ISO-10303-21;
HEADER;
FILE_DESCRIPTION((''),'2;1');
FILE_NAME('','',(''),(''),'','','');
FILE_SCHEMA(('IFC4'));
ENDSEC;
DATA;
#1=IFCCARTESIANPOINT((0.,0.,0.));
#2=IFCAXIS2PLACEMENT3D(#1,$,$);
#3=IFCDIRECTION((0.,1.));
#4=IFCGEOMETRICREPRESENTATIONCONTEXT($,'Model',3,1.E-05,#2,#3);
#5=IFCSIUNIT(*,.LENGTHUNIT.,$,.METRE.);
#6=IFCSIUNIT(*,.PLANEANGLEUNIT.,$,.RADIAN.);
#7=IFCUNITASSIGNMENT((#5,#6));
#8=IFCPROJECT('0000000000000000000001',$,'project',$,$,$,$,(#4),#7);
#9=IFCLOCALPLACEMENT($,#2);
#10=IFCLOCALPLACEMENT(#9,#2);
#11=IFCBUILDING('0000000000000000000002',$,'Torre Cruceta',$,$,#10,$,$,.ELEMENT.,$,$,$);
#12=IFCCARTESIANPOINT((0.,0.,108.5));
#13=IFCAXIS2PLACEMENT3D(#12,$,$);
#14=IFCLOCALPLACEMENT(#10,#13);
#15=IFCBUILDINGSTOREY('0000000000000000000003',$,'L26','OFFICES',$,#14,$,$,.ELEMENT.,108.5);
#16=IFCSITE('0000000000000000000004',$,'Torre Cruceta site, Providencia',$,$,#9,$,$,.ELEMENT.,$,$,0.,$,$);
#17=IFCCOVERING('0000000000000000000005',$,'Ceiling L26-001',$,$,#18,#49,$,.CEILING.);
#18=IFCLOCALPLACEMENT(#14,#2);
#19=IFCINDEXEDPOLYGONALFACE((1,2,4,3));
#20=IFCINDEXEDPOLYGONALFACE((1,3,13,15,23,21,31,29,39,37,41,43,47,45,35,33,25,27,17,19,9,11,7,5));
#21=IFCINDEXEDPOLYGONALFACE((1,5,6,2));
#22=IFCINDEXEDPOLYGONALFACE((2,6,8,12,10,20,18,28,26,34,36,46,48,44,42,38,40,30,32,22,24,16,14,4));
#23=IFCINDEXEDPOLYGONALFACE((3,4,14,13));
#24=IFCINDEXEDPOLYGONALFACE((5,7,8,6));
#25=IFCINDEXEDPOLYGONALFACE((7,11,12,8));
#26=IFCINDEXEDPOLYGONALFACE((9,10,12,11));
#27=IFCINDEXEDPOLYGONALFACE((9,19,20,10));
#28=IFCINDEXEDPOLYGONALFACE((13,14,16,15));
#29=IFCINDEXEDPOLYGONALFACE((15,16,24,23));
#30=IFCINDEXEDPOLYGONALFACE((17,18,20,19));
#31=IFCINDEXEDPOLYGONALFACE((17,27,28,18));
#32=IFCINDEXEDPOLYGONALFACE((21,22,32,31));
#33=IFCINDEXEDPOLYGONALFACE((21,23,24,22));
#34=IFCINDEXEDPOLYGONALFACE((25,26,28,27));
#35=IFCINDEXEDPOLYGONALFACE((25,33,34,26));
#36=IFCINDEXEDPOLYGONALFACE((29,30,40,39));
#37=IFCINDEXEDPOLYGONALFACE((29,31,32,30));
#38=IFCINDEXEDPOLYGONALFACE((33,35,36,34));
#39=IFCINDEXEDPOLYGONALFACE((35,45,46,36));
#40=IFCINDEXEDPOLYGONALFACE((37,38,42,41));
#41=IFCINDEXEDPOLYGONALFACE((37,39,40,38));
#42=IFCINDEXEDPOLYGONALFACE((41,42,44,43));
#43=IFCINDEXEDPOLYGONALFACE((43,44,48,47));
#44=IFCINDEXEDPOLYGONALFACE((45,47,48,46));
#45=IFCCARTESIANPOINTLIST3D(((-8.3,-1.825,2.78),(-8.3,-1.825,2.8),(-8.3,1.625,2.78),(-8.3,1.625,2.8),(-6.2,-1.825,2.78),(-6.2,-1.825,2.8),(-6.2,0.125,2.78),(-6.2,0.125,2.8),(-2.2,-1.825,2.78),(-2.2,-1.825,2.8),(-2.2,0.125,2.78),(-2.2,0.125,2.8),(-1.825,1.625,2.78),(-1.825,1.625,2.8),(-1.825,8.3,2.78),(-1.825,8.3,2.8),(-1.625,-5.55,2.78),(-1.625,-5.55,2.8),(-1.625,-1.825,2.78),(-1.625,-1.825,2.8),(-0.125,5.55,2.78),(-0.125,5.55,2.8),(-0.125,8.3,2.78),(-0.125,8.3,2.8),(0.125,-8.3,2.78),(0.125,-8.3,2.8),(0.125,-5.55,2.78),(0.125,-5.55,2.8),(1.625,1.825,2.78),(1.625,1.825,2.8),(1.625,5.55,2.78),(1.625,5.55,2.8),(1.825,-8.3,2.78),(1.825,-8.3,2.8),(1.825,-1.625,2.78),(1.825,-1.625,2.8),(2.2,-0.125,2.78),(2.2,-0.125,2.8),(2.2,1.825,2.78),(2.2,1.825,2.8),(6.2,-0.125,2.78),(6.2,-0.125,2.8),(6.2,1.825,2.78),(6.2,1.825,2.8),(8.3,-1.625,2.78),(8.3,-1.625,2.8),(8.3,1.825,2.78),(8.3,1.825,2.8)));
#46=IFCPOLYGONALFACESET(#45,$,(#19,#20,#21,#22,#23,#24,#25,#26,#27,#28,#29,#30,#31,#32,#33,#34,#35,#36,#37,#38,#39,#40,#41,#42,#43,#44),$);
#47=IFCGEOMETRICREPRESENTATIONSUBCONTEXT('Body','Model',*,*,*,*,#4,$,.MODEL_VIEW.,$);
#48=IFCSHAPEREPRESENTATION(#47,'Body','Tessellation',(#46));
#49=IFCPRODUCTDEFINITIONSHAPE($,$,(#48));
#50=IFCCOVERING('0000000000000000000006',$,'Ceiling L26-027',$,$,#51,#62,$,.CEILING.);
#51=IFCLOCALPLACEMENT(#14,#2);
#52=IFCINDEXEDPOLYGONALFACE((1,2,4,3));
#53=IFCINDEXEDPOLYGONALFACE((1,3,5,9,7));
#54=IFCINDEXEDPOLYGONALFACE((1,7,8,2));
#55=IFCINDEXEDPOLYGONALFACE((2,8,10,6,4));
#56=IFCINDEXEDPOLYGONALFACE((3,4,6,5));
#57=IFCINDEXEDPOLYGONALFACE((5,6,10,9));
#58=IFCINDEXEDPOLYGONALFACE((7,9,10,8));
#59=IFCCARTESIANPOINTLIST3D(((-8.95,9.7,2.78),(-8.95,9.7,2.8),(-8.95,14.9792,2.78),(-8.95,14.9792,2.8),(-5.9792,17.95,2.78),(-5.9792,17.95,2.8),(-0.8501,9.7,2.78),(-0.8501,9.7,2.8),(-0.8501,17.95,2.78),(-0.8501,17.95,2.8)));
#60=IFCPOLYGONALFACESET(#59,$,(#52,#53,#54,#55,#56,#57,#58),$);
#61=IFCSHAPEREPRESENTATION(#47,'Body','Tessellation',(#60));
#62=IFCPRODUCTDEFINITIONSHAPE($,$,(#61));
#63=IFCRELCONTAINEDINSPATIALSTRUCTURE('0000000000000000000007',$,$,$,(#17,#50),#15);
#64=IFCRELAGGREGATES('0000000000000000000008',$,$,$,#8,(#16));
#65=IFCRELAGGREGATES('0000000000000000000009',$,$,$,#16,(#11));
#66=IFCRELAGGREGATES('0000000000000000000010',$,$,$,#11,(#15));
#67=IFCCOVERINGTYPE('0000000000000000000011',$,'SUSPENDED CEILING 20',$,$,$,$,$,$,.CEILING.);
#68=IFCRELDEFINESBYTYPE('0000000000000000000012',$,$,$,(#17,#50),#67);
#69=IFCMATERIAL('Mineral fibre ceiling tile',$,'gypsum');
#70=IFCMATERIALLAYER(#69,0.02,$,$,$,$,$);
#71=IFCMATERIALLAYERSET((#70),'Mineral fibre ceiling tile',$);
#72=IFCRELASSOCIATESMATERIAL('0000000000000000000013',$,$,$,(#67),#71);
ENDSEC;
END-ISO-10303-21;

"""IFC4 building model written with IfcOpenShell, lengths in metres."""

from ifc_helpers import new_model, si_unit, direction, frame, origin, place, context, subcontext, project, spatial, polyline, outline, extrude, material, layer, layer_set, type_object, element, save


model = new_model("IFC4")

# Units and contexts
model_context = context("Model", 3, precision=1e-05, world=origin(), true_north=direction((0.0, 1.0)))
body_context = subcontext(model_context, "Body", "Model", "MODEL_VIEW")
ifc_project = project(units=[si_unit("LENGTHUNIT", "METRE"), si_unit("PLANEANGLEUNIT", "RADIAN")], contexts=[model_context])

# Site, building, storey
site_placement = place(None, origin())
site = spatial("IfcSite", under=ifc_project, at=site_placement, Name="Torre Cruceta site, Providencia", CompositionType="ELEMENT", RefElevation=0.0)
building_placement = place(site_placement, origin())
building = spatial("IfcBuilding", under=site, at=building_placement, Name="Torre Cruceta", CompositionType="ELEMENT")
storey_placement = place(building_placement, frame((0.0, 0.0, 108.5)))
storey = spatial("IfcBuildingStorey", under=building, at=storey_placement, Name="L26", Description="OFFICES", CompositionType="ELEMENT", Elevation=108.5)

# Coverings
ifc_material_1 = material(Name="Mineral fibre ceiling tile", Category="gypsum")
ifc_layer_1 = layer(ifc_material_1, 0.02)
ifc_layer_set_1 = layer_set([ifc_layer_1], Name="Mineral fibre ceiling tile")
covering_type = type_object("IfcCoveringType", Name="SUSPENDED CEILING 20", PredefinedType="CEILING", material=ifc_layer_set_1)
covering_1_placement = place(storey_placement, frame((0.0, 0.0, 2.78)))
element("IfcCovering", 1, at=covering_1_placement, inside=storey, type_object=covering_type, Name="Ceiling L26-001", PredefinedType="CEILING", context=body_context, shape_type="SweptSolid", body=[
    extrude(outline(polyline([(1.825, -8.3), (0.125, -8.3), (0.125, -5.55), (-1.625, -5.55), (-1.625, -1.825), (-2.2, -1.825), (-2.2, 0.125), (-6.2, 0.125), (-6.2, -1.825), (-8.3, -1.825), (-8.3, 1.625), (-1.825, 1.625), (-1.825, 8.3), (-0.125, 8.3), (-0.125, 5.55), (1.625, 5.55), (1.625, 1.825), (2.2, 1.825), (2.2, -0.125), (6.2, -0.125), (6.2, 1.825), (8.3, 1.825), (8.3, -1.625), (1.825, -1.625), (1.825, -8.3)])), origin(), (0.0, 0.0, 1.0), 0.02),
])
covering_2_placement = place(storey_placement, frame((0.0, 0.0, 2.78)))
element("IfcCovering", 2, at=covering_2_placement, inside=storey, type_object=covering_type, Name="Ceiling L26-027", PredefinedType="CEILING", context=body_context, shape_type="SweptSolid", body=[
    extrude(outline(polyline([(-8.95, 9.7), (-8.95, 14.9792), (-5.9792, 17.95), (-0.8501, 17.95), (-0.8501, 9.7), (-8.95, 9.7)])), origin(), (0.0, 0.0, 1.0), 0.02),
])

save(model, "model.ifc")
